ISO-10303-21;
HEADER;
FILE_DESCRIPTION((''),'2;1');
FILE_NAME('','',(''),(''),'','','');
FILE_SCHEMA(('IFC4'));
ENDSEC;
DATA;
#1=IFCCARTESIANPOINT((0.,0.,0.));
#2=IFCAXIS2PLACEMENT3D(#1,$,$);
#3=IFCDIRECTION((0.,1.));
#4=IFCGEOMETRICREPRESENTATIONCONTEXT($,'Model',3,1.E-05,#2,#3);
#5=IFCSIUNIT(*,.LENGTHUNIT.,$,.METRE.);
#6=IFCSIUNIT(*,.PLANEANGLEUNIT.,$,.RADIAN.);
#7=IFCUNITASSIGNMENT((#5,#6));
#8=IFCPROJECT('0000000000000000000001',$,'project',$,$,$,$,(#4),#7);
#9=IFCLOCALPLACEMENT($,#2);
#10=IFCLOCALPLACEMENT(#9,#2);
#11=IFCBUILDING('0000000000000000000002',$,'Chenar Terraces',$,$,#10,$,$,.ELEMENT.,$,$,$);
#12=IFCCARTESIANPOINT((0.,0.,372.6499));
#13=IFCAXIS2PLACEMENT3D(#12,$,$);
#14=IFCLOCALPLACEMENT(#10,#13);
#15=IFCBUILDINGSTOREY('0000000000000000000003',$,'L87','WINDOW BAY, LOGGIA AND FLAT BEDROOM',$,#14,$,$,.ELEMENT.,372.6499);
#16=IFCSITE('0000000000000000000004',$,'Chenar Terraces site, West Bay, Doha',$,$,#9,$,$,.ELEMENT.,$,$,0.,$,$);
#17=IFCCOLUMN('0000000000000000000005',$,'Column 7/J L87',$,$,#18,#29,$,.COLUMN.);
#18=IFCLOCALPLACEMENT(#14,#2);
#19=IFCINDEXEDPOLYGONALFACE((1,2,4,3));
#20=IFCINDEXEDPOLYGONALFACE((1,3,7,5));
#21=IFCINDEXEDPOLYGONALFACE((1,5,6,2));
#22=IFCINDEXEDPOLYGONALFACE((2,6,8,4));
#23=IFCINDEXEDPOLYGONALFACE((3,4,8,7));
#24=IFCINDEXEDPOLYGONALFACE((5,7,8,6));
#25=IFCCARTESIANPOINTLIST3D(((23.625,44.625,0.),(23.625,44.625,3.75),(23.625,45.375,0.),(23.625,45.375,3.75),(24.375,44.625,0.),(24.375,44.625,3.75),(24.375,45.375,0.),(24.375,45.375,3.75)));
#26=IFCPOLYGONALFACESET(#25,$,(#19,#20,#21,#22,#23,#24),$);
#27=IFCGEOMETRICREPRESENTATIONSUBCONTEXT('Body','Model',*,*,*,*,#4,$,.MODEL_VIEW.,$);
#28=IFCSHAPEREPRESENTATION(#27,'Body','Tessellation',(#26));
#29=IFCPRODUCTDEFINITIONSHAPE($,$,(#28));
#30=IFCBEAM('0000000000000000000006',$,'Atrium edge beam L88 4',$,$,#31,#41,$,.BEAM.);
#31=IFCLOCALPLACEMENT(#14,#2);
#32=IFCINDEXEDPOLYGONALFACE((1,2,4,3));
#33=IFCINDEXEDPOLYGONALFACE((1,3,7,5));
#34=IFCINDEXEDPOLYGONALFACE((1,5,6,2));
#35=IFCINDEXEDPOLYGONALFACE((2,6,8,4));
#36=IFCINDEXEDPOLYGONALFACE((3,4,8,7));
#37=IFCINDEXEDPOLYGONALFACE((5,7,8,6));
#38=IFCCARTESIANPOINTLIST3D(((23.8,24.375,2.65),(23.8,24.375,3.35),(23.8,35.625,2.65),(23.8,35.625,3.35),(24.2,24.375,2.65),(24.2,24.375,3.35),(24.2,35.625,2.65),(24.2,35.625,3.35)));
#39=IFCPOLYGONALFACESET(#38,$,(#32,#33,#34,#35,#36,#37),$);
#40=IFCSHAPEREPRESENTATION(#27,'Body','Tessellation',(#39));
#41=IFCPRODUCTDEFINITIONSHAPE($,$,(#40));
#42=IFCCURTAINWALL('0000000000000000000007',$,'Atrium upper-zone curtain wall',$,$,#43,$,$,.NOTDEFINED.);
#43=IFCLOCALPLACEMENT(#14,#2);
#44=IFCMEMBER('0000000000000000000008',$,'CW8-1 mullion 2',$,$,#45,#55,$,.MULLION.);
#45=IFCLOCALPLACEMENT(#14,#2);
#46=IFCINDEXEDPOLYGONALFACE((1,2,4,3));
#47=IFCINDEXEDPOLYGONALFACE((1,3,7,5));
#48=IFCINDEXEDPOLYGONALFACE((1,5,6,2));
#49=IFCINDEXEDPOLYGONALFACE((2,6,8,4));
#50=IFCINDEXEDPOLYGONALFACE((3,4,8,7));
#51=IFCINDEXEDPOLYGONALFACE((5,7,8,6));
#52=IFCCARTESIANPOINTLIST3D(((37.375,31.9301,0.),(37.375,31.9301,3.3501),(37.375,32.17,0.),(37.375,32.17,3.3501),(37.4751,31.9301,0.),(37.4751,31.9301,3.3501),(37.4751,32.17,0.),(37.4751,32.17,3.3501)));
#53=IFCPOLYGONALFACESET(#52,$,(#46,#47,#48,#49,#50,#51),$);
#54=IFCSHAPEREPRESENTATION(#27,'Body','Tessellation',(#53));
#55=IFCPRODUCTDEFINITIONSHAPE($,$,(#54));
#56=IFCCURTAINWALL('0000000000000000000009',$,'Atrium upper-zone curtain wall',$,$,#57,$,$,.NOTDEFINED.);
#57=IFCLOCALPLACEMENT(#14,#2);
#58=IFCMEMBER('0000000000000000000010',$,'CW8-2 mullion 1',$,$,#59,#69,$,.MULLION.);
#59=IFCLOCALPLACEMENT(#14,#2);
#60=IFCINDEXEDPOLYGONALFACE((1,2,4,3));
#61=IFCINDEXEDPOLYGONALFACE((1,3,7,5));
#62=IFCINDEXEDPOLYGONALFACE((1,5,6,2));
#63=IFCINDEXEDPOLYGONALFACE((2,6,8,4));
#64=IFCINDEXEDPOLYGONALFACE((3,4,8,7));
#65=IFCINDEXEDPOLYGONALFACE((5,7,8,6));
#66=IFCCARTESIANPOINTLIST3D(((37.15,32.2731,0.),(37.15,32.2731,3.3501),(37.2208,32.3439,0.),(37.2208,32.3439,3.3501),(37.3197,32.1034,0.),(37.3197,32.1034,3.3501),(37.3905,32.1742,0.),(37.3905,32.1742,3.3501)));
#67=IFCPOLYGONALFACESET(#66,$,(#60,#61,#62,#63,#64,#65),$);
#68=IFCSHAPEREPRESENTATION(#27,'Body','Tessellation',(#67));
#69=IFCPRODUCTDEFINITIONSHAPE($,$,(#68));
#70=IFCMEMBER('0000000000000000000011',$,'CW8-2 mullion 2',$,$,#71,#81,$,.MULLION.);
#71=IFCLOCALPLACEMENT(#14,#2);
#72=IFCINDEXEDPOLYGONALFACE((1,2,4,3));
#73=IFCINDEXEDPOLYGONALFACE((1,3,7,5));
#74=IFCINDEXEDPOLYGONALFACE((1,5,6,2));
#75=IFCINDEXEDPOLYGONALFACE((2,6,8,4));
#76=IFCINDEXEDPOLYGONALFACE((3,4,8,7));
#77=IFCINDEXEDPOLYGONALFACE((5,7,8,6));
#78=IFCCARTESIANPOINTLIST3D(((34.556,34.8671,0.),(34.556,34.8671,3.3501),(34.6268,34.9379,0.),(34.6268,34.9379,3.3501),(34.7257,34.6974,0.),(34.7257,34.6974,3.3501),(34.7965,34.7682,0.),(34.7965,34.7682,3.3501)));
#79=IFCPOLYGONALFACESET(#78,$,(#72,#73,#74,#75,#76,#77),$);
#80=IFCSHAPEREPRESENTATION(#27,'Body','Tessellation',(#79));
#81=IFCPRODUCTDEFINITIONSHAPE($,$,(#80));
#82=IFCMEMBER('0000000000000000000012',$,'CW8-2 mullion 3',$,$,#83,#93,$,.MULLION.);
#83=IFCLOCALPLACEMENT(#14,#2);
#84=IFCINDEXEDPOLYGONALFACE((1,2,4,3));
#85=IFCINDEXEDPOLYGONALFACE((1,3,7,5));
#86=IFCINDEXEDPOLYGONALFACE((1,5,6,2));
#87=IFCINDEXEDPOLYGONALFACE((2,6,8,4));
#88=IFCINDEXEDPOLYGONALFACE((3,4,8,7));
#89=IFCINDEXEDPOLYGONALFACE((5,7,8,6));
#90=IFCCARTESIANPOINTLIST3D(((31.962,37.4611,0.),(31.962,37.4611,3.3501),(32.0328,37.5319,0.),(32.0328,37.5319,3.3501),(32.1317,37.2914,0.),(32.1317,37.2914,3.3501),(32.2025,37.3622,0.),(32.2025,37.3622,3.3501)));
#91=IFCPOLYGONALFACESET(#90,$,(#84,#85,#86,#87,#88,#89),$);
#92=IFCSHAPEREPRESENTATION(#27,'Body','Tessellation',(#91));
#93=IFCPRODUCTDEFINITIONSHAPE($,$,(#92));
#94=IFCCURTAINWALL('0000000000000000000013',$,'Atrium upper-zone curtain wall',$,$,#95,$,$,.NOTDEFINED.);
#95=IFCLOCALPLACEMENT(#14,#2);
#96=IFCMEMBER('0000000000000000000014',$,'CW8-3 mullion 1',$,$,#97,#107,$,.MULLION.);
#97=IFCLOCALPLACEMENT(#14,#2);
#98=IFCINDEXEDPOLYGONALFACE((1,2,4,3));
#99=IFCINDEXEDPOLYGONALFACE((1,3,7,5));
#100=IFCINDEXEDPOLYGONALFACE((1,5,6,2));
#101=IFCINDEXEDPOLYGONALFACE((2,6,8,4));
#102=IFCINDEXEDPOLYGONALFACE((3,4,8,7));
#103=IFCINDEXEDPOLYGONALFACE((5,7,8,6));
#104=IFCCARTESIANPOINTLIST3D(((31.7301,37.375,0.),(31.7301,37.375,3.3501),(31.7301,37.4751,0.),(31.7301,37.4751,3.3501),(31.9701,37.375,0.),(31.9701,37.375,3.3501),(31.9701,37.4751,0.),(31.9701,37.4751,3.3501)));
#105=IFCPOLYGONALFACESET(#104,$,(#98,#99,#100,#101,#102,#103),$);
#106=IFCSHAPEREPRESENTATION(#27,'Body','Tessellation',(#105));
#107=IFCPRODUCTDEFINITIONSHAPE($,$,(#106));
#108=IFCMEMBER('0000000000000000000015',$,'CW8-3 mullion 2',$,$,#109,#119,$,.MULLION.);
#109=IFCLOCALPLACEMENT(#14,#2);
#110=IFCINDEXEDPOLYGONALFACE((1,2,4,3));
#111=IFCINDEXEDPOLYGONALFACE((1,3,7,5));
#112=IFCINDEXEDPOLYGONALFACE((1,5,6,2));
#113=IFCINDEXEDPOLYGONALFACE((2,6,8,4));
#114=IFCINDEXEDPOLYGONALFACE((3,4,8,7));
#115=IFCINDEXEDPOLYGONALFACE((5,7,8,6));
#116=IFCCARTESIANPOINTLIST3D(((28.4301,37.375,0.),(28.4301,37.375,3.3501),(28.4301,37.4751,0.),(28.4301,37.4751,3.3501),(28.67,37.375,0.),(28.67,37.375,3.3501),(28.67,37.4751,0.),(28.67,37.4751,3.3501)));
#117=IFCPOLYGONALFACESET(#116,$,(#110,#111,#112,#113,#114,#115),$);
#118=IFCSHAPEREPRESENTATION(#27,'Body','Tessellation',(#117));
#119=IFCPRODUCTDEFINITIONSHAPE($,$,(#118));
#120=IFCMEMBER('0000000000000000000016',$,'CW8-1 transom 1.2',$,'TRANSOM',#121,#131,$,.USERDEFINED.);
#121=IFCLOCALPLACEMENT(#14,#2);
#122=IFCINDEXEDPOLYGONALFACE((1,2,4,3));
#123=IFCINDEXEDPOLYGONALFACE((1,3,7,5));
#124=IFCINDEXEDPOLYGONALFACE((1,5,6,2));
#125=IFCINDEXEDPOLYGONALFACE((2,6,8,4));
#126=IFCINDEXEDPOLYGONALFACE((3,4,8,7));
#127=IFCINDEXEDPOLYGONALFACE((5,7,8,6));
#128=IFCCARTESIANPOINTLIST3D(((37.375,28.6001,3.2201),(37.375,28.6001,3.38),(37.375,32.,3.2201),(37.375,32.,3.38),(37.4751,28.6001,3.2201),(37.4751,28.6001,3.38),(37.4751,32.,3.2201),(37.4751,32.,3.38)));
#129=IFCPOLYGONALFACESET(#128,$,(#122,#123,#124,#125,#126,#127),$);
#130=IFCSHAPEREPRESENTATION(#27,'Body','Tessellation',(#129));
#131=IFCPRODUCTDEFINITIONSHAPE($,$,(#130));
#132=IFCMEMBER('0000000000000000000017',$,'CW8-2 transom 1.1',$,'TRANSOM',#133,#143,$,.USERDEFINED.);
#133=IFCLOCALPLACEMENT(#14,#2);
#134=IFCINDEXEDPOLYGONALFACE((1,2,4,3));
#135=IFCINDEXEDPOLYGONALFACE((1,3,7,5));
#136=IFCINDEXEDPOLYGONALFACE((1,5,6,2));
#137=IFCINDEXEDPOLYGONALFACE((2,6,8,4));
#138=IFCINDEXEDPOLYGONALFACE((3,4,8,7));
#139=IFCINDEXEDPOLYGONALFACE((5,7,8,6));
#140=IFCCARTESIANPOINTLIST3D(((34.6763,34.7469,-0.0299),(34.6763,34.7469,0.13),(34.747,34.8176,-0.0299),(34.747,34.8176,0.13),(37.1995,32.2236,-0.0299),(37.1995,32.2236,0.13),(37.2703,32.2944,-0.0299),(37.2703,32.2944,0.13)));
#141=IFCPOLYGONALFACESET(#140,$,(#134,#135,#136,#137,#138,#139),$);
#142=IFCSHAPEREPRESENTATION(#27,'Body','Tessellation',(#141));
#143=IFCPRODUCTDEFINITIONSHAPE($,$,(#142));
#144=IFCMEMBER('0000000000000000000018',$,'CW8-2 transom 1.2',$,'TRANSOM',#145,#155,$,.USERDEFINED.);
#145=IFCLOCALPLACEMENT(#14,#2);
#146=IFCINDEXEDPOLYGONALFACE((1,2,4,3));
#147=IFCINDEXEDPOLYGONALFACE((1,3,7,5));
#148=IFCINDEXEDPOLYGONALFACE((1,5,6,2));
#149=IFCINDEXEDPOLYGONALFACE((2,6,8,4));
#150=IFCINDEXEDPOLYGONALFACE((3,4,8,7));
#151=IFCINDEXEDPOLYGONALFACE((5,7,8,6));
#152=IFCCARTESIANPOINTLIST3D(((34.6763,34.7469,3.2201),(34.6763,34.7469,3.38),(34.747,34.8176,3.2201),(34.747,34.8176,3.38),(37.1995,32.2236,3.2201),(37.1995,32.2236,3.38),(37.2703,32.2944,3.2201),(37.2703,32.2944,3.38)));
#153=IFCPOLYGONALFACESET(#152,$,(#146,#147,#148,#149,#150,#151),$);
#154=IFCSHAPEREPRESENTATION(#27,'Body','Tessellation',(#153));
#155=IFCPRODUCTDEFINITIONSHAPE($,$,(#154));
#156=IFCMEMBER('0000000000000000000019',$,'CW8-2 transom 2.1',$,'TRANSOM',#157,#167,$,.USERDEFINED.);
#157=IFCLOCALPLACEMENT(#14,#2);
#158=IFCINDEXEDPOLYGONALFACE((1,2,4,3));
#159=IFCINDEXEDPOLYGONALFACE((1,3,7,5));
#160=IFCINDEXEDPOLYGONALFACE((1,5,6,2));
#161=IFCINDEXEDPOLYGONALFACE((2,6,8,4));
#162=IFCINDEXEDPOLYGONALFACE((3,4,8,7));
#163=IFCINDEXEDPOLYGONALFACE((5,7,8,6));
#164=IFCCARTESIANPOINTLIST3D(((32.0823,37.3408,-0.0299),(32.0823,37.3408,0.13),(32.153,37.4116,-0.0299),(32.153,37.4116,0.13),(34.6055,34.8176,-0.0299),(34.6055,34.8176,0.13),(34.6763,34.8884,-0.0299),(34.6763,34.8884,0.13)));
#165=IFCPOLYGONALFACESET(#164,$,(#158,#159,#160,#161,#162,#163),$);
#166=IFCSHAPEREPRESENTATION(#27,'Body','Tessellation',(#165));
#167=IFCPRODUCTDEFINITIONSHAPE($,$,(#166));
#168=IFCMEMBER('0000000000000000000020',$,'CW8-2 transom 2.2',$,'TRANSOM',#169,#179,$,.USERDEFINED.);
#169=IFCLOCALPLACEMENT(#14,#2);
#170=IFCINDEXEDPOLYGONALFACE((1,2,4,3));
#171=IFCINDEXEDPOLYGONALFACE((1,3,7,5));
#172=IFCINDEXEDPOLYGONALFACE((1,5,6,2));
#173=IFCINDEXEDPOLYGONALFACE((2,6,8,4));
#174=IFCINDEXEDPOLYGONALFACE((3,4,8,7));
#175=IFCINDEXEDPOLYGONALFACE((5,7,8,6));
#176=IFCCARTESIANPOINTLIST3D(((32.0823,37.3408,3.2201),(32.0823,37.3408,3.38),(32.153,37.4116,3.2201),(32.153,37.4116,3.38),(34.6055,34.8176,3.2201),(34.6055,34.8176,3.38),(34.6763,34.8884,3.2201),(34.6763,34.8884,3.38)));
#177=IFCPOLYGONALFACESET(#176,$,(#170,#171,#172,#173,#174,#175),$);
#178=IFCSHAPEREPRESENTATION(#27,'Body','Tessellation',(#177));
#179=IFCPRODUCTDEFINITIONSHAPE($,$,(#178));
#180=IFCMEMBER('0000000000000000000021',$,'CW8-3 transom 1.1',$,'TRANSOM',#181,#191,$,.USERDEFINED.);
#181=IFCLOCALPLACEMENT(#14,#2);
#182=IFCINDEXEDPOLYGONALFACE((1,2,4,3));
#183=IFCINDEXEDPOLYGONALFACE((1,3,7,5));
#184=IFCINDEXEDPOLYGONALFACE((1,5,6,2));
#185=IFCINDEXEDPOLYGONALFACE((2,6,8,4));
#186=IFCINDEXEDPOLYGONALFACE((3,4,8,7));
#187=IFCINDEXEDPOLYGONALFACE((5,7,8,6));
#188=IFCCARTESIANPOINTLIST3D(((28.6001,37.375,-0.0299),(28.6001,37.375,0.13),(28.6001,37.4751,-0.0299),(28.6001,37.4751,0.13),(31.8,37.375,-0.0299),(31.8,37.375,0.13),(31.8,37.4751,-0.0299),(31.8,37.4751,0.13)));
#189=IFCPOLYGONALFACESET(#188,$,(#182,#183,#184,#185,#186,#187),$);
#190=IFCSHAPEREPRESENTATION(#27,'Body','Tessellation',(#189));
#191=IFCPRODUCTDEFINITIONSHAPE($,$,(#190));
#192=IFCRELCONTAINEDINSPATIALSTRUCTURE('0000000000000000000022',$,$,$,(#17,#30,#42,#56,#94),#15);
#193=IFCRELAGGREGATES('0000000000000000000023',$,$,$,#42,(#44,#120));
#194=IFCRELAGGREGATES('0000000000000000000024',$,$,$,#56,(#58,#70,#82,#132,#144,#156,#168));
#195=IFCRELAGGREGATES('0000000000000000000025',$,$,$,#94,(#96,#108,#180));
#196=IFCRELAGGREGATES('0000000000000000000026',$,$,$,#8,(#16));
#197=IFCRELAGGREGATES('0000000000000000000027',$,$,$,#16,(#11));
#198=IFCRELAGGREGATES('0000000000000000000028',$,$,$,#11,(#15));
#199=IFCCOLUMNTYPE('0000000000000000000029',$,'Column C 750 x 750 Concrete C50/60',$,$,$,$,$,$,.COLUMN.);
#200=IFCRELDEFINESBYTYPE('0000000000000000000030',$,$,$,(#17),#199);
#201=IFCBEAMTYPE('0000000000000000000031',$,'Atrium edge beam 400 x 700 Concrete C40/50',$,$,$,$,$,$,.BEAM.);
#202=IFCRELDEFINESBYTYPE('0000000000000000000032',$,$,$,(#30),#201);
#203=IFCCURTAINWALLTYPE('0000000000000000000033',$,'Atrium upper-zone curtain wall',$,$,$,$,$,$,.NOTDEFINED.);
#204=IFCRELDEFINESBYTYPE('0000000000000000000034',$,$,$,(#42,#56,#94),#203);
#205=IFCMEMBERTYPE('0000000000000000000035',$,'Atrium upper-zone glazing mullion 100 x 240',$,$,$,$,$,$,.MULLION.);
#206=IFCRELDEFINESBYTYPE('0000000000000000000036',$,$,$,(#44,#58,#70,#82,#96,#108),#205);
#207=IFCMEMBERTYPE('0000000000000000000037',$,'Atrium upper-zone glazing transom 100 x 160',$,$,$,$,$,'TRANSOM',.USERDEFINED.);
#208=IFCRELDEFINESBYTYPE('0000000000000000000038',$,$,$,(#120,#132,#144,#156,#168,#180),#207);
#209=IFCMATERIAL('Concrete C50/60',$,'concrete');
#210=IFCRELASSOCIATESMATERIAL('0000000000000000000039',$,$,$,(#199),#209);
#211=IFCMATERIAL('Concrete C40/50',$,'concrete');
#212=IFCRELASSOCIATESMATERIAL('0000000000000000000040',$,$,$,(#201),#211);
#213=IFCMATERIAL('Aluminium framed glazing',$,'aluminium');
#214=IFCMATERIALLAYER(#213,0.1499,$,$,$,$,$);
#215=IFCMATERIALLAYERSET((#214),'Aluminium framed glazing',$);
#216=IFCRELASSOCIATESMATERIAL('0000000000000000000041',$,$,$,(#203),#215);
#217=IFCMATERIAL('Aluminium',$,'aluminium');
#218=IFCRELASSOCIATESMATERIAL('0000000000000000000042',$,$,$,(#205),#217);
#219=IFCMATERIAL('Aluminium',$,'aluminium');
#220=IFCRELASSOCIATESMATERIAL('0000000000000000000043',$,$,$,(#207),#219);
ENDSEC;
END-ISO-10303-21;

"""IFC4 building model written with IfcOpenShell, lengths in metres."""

from ifc_helpers import new_model, si_unit, direction, frame, origin, origin_2d, place, context, subcontext, project, spatial, rectangle, extrude, material, layer, layer_set, material_profile, profile_set, type_object, element, aggregate, save


model = new_model("IFC4")

# Units and contexts
model_context = context("Model", 3, precision=1e-05, world=origin(), true_north=direction((0.0, 1.0)))
body_context = subcontext(model_context, "Body", "Model", "MODEL_VIEW")
ifc_project = project(units=[si_unit("LENGTHUNIT", "METRE"), si_unit("PLANEANGLEUNIT", "RADIAN")], contexts=[model_context])

# Site, building, storey
site_placement = place(None, origin())
site = spatial("IfcSite", under=ifc_project, at=site_placement, Name="Chenar Terraces site, West Bay, Doha", CompositionType="ELEMENT", RefElevation=0.0)
building_placement = place(site_placement, origin())
building = spatial("IfcBuilding", under=site, at=building_placement, Name="Chenar Terraces", CompositionType="ELEMENT")
storey_placement = place(building_placement, frame((0.0, 0.0, 372.6499)))
storey = spatial("IfcBuildingStorey", under=building, at=storey_placement, Name="L87", Description="WINDOW BAY, LOGGIA AND FLAT BEDROOM", CompositionType="ELEMENT", Elevation=372.6499)

# Column
ifc_material_1 = material(Name="Concrete C50/60", Category="concrete")
ifc_material_profile_1 = material_profile(ifc_material_1, rectangle(XDim=0.75, YDim=0.75, at=origin_2d()), Name="C 750 x 750")
ifc_profile_set_1 = profile_set([ifc_material_profile_1], Name="Concrete C50/60")
column_type = type_object("IfcColumnType", Name="Column C 750 x 750 Concrete C50/60", PredefinedType="COLUMN", material=ifc_profile_set_1)
column_placement = place(storey_placement, frame((24.0, 45.0, 0.0), z_axis=(0.0, 0.0, 1.0), x_axis=(1.0, 0.0, 0.0)))
element("IfcColumn", 1, at=column_placement, inside=storey, type_object=column_type, Name="Column 7/J L87", PredefinedType="COLUMN", context=body_context, shape_type="SweptSolid", body=[
    extrude(rectangle(XDim=0.75, YDim=0.75, at=origin_2d()), origin(), (0.0, 0.0, 1.0), 3.75),
])

# Beam
ifc_material_2 = material(Name="Concrete C40/50", Category="concrete")
ifc_material_profile_2 = material_profile(ifc_material_2, rectangle(XDim=0.3999, YDim=0.7, at=origin_2d()), Name="RC 400 x 700")
ifc_profile_set_2 = profile_set([ifc_material_profile_2], Name="Concrete C40/50")
beam_type = type_object("IfcBeamType", Name="Atrium edge beam 400 x 700 Concrete C40/50", PredefinedType="BEAM", material=ifc_profile_set_2)
beam_placement = place(storey_placement, frame((24.0, 35.625, 3.0), z_axis=(0.0, -1.0, 0.0), x_axis=(1.0, 0.0, 0.0)))
element("IfcBeam", 2, at=beam_placement, inside=storey, type_object=beam_type, Name="Atrium edge beam L88 4", PredefinedType="BEAM", context=body_context, shape_type="SweptSolid", body=[
    extrude(rectangle(XDim=0.3999, YDim=0.7, at=origin_2d()), origin(), (0.0, 0.0, 1.0), 11.25),
])

# Curtain wall, member
ifc_material_3 = material(Name="Aluminium framed glazing", Category="aluminium")
ifc_layer_1 = layer(ifc_material_3, 0.1499)
ifc_layer_set_1 = layer_set([ifc_layer_1], Name="Aluminium framed glazing")
curtain_wall_type = type_object("IfcCurtainWallType", Name="Atrium upper-zone curtain wall", PredefinedType="NOTDEFINED", material=ifc_layer_set_1)
placement = place(storey_placement, origin())
curtain_wall_1 = element("IfcCurtainWall", 3, at=placement, inside=storey, type_object=curtain_wall_type, Name="Atrium upper-zone curtain wall", PredefinedType="NOTDEFINED")
ifc_material_4 = material(Name="Aluminium", Category="aluminium")
ifc_material_profile_3 = material_profile(ifc_material_4, rectangle(XDim=0.1001, YDim=0.24, at=origin_2d()), Name="Atrium upper-zone glazing mullion 100 x 240")
ifc_profile_set_3 = profile_set([ifc_material_profile_3], Name="Aluminium")
member_type_1 = type_object("IfcMemberType", Name="Atrium upper-zone glazing mullion 100 x 240", PredefinedType="MULLION", material=ifc_profile_set_3)
member_1_placement = place(storey_placement, frame((37.425, 32.05, 0.0), z_axis=(0.0, 0.0, 1.0), x_axis=(-1.0, 0.0, 0.0)))
member_1 = element("IfcMember", 4, at=member_1_placement, type_object=member_type_1, Name="CW8-1 mullion 2", PredefinedType="MULLION", context=body_context, shape_type="SweptSolid", body=[
    extrude(rectangle(XDim=0.1001, YDim=0.24, at=origin_2d()), origin(), (0.0, 0.0, 1.0), 3.3501),
])

# Curtain walls, members
curtain_wall_2 = element("IfcCurtainWall", 5, at=placement, inside=storey, type_object=curtain_wall_type, Name="Atrium upper-zone curtain wall", PredefinedType="NOTDEFINED")
member_2_placement = place(storey_placement, frame((37.2703, 32.2236, 0.0), z_axis=(0.0, 0.0, 1.0), x_axis=(-0.707107, -0.707107, 0.0)))
member_2 = element("IfcMember", 6, at=member_2_placement, type_object=member_type_1, Name="CW8-2 mullion 1", PredefinedType="MULLION", context=body_context, shape_type="SweptSolid", body=[
    extrude(rectangle(XDim=0.1001, YDim=0.24, at=origin_2d()), origin(), (0.0, 0.0, 1.0), 3.3501),
])
member_3_placement = place(storey_placement, frame((34.6763, 34.8176, 0.0), z_axis=(0.0, 0.0, 1.0), x_axis=(-0.707107, -0.707107, 0.0)))
member_3 = element("IfcMember", 7, at=member_3_placement, type_object=member_type_1, Name="CW8-2 mullion 2", PredefinedType="MULLION", context=body_context, shape_type="SweptSolid", body=[
    extrude(rectangle(XDim=0.1001, YDim=0.24, at=origin_2d()), origin(), (0.0, 0.0, 1.0), 3.3501),
])
member_4_placement = place(storey_placement, frame((32.0823, 37.4116, 0.0), z_axis=(0.0, 0.0, 1.0), x_axis=(-0.707107, -0.707107, 0.0)))
member_4 = element("IfcMember", 8, at=member_4_placement, type_object=member_type_1, Name="CW8-2 mullion 3", PredefinedType="MULLION", context=body_context, shape_type="SweptSolid", body=[
    extrude(rectangle(XDim=0.1001, YDim=0.24, at=origin_2d()), origin(), (0.0, 0.0, 1.0), 3.3501),
])
curtain_wall_3 = element("IfcCurtainWall", 9, at=placement, inside=storey, type_object=curtain_wall_type, Name="Atrium upper-zone curtain wall", PredefinedType="NOTDEFINED")
member_5_placement = place(storey_placement, frame((31.8501, 37.425, 0.0), z_axis=(0.0, 0.0, 1.0), x_axis=(0.0, -1.0, 0.0)))
member_5 = element("IfcMember", 10, at=member_5_placement, type_object=member_type_1, Name="CW8-3 mullion 1", PredefinedType="MULLION", context=body_context, shape_type="SweptSolid", body=[
    extrude(rectangle(XDim=0.1001, YDim=0.24, at=origin_2d()), origin(), (0.0, 0.0, 1.0), 3.3501),
])
member_6_placement = place(storey_placement, frame((28.55, 37.425, 0.0), z_axis=(0.0, 0.0, 1.0), x_axis=(0.0, -1.0, 0.0)))
member_6 = element("IfcMember", 11, at=member_6_placement, type_object=member_type_1, Name="CW8-3 mullion 2", PredefinedType="MULLION", context=body_context, shape_type="SweptSolid", body=[
    extrude(rectangle(XDim=0.1001, YDim=0.24, at=origin_2d()), origin(), (0.0, 0.0, 1.0), 3.3501),
])

# Members
ifc_material_5 = material(Name="Aluminium", Category="aluminium")
ifc_material_profile_4 = material_profile(ifc_material_5, rectangle(XDim=0.1001, YDim=0.1599, at=origin_2d()), Name="Atrium upper-zone glazing transom 100 x 160")
ifc_profile_set_4 = profile_set([ifc_material_profile_4], Name="Aluminium")
member_type_2 = type_object("IfcMemberType", Name="Atrium upper-zone glazing transom 100 x 160", ElementType="TRANSOM", PredefinedType="USERDEFINED", material=ifc_profile_set_4)
member_7_placement = place(storey_placement, frame((37.425, 28.6001, 3.3), z_axis=(0.0, 1.0, 0.0), x_axis=(-1.0, 0.0, 0.0)))
member_7 = element("IfcMember", 12, at=member_7_placement, type_object=member_type_2, Name="CW8-1 transom 1.2", ObjectType="TRANSOM", PredefinedType="USERDEFINED", context=body_context, shape_type="SweptSolid", body=[
    extrude(rectangle(XDim=0.1001, YDim=0.1599, at=origin_2d()), origin(), (0.0, 0.0, 1.0), 3.3999),
])
member_8_placement = place(storey_placement, frame((37.2349, 32.259, 0.05), z_axis=(-0.707107, 0.707107, 0.0), x_axis=(-0.707107, -0.707107, 0.0)))
member_8 = element("IfcMember", 13, at=member_8_placement, type_object=member_type_2, Name="CW8-2 transom 1.1", ObjectType="TRANSOM", PredefinedType="USERDEFINED", context=body_context, shape_type="SweptSolid", body=[
    extrude(rectangle(XDim=0.1001, YDim=0.1599, at=origin_2d()), origin(), (0.0, 0.0, 1.0), 3.5684),
])
member_9_placement = place(storey_placement, frame((37.2349, 32.259, 3.3), z_axis=(-0.707107, 0.707107, 0.0), x_axis=(-0.707107, -0.707107, 0.0)))
member_9 = element("IfcMember", 14, at=member_9_placement, type_object=member_type_2, Name="CW8-2 transom 1.2", ObjectType="TRANSOM", PredefinedType="USERDEFINED", context=body_context, shape_type="SweptSolid", body=[
    extrude(rectangle(XDim=0.1001, YDim=0.1599, at=origin_2d()), origin(), (0.0, 0.0, 1.0), 3.5684),
])
member_10_placement = place(storey_placement, frame((34.6409, 34.853, 0.05), z_axis=(-0.707107, 0.707107, 0.0), x_axis=(-0.707107, -0.707107, 0.0)))
member_10 = element("IfcMember", 15, at=member_10_placement, type_object=member_type_2, Name="CW8-2 transom 2.1", ObjectType="TRANSOM", PredefinedType="USERDEFINED", context=body_context, shape_type="SweptSolid", body=[
    extrude(rectangle(XDim=0.1001, YDim=0.1599, at=origin_2d()), origin(), (0.0, 0.0, 1.0), 3.5684),
])
member_11_placement = place(storey_placement, frame((34.6409, 34.853, 3.3), z_axis=(-0.707107, 0.707107, 0.0), x_axis=(-0.707107, -0.707107, 0.0)))
member_11 = element("IfcMember", 16, at=member_11_placement, type_object=member_type_2, Name="CW8-2 transom 2.2", ObjectType="TRANSOM", PredefinedType="USERDEFINED", context=body_context, shape_type="SweptSolid", body=[
    extrude(rectangle(XDim=0.1001, YDim=0.1599, at=origin_2d()), origin(), (0.0, 0.0, 1.0), 3.5684),
])
member_12_placement = place(storey_placement, frame((31.8, 37.425, 0.05), z_axis=(-1.0, 0.0, 0.0), x_axis=(0.0, -1.0, 0.0)))
member_12 = element("IfcMember", 17, at=member_12_placement, type_object=member_type_2, Name="CW8-3 transom 1.1", ObjectType="TRANSOM", PredefinedType="USERDEFINED", context=body_context, shape_type="SweptSolid", body=[
    extrude(rectangle(XDim=0.1001, YDim=0.1599, at=origin_2d()), origin(), (0.0, 0.0, 1.0), 3.2),
])

aggregate(curtain_wall_1, [member_1, member_7])
aggregate(curtain_wall_2, [member_2, member_3, member_4, member_8, member_9, member_10, member_11])
aggregate(curtain_wall_3, [member_5, member_6, member_12])

save(model, "model.ifc")
